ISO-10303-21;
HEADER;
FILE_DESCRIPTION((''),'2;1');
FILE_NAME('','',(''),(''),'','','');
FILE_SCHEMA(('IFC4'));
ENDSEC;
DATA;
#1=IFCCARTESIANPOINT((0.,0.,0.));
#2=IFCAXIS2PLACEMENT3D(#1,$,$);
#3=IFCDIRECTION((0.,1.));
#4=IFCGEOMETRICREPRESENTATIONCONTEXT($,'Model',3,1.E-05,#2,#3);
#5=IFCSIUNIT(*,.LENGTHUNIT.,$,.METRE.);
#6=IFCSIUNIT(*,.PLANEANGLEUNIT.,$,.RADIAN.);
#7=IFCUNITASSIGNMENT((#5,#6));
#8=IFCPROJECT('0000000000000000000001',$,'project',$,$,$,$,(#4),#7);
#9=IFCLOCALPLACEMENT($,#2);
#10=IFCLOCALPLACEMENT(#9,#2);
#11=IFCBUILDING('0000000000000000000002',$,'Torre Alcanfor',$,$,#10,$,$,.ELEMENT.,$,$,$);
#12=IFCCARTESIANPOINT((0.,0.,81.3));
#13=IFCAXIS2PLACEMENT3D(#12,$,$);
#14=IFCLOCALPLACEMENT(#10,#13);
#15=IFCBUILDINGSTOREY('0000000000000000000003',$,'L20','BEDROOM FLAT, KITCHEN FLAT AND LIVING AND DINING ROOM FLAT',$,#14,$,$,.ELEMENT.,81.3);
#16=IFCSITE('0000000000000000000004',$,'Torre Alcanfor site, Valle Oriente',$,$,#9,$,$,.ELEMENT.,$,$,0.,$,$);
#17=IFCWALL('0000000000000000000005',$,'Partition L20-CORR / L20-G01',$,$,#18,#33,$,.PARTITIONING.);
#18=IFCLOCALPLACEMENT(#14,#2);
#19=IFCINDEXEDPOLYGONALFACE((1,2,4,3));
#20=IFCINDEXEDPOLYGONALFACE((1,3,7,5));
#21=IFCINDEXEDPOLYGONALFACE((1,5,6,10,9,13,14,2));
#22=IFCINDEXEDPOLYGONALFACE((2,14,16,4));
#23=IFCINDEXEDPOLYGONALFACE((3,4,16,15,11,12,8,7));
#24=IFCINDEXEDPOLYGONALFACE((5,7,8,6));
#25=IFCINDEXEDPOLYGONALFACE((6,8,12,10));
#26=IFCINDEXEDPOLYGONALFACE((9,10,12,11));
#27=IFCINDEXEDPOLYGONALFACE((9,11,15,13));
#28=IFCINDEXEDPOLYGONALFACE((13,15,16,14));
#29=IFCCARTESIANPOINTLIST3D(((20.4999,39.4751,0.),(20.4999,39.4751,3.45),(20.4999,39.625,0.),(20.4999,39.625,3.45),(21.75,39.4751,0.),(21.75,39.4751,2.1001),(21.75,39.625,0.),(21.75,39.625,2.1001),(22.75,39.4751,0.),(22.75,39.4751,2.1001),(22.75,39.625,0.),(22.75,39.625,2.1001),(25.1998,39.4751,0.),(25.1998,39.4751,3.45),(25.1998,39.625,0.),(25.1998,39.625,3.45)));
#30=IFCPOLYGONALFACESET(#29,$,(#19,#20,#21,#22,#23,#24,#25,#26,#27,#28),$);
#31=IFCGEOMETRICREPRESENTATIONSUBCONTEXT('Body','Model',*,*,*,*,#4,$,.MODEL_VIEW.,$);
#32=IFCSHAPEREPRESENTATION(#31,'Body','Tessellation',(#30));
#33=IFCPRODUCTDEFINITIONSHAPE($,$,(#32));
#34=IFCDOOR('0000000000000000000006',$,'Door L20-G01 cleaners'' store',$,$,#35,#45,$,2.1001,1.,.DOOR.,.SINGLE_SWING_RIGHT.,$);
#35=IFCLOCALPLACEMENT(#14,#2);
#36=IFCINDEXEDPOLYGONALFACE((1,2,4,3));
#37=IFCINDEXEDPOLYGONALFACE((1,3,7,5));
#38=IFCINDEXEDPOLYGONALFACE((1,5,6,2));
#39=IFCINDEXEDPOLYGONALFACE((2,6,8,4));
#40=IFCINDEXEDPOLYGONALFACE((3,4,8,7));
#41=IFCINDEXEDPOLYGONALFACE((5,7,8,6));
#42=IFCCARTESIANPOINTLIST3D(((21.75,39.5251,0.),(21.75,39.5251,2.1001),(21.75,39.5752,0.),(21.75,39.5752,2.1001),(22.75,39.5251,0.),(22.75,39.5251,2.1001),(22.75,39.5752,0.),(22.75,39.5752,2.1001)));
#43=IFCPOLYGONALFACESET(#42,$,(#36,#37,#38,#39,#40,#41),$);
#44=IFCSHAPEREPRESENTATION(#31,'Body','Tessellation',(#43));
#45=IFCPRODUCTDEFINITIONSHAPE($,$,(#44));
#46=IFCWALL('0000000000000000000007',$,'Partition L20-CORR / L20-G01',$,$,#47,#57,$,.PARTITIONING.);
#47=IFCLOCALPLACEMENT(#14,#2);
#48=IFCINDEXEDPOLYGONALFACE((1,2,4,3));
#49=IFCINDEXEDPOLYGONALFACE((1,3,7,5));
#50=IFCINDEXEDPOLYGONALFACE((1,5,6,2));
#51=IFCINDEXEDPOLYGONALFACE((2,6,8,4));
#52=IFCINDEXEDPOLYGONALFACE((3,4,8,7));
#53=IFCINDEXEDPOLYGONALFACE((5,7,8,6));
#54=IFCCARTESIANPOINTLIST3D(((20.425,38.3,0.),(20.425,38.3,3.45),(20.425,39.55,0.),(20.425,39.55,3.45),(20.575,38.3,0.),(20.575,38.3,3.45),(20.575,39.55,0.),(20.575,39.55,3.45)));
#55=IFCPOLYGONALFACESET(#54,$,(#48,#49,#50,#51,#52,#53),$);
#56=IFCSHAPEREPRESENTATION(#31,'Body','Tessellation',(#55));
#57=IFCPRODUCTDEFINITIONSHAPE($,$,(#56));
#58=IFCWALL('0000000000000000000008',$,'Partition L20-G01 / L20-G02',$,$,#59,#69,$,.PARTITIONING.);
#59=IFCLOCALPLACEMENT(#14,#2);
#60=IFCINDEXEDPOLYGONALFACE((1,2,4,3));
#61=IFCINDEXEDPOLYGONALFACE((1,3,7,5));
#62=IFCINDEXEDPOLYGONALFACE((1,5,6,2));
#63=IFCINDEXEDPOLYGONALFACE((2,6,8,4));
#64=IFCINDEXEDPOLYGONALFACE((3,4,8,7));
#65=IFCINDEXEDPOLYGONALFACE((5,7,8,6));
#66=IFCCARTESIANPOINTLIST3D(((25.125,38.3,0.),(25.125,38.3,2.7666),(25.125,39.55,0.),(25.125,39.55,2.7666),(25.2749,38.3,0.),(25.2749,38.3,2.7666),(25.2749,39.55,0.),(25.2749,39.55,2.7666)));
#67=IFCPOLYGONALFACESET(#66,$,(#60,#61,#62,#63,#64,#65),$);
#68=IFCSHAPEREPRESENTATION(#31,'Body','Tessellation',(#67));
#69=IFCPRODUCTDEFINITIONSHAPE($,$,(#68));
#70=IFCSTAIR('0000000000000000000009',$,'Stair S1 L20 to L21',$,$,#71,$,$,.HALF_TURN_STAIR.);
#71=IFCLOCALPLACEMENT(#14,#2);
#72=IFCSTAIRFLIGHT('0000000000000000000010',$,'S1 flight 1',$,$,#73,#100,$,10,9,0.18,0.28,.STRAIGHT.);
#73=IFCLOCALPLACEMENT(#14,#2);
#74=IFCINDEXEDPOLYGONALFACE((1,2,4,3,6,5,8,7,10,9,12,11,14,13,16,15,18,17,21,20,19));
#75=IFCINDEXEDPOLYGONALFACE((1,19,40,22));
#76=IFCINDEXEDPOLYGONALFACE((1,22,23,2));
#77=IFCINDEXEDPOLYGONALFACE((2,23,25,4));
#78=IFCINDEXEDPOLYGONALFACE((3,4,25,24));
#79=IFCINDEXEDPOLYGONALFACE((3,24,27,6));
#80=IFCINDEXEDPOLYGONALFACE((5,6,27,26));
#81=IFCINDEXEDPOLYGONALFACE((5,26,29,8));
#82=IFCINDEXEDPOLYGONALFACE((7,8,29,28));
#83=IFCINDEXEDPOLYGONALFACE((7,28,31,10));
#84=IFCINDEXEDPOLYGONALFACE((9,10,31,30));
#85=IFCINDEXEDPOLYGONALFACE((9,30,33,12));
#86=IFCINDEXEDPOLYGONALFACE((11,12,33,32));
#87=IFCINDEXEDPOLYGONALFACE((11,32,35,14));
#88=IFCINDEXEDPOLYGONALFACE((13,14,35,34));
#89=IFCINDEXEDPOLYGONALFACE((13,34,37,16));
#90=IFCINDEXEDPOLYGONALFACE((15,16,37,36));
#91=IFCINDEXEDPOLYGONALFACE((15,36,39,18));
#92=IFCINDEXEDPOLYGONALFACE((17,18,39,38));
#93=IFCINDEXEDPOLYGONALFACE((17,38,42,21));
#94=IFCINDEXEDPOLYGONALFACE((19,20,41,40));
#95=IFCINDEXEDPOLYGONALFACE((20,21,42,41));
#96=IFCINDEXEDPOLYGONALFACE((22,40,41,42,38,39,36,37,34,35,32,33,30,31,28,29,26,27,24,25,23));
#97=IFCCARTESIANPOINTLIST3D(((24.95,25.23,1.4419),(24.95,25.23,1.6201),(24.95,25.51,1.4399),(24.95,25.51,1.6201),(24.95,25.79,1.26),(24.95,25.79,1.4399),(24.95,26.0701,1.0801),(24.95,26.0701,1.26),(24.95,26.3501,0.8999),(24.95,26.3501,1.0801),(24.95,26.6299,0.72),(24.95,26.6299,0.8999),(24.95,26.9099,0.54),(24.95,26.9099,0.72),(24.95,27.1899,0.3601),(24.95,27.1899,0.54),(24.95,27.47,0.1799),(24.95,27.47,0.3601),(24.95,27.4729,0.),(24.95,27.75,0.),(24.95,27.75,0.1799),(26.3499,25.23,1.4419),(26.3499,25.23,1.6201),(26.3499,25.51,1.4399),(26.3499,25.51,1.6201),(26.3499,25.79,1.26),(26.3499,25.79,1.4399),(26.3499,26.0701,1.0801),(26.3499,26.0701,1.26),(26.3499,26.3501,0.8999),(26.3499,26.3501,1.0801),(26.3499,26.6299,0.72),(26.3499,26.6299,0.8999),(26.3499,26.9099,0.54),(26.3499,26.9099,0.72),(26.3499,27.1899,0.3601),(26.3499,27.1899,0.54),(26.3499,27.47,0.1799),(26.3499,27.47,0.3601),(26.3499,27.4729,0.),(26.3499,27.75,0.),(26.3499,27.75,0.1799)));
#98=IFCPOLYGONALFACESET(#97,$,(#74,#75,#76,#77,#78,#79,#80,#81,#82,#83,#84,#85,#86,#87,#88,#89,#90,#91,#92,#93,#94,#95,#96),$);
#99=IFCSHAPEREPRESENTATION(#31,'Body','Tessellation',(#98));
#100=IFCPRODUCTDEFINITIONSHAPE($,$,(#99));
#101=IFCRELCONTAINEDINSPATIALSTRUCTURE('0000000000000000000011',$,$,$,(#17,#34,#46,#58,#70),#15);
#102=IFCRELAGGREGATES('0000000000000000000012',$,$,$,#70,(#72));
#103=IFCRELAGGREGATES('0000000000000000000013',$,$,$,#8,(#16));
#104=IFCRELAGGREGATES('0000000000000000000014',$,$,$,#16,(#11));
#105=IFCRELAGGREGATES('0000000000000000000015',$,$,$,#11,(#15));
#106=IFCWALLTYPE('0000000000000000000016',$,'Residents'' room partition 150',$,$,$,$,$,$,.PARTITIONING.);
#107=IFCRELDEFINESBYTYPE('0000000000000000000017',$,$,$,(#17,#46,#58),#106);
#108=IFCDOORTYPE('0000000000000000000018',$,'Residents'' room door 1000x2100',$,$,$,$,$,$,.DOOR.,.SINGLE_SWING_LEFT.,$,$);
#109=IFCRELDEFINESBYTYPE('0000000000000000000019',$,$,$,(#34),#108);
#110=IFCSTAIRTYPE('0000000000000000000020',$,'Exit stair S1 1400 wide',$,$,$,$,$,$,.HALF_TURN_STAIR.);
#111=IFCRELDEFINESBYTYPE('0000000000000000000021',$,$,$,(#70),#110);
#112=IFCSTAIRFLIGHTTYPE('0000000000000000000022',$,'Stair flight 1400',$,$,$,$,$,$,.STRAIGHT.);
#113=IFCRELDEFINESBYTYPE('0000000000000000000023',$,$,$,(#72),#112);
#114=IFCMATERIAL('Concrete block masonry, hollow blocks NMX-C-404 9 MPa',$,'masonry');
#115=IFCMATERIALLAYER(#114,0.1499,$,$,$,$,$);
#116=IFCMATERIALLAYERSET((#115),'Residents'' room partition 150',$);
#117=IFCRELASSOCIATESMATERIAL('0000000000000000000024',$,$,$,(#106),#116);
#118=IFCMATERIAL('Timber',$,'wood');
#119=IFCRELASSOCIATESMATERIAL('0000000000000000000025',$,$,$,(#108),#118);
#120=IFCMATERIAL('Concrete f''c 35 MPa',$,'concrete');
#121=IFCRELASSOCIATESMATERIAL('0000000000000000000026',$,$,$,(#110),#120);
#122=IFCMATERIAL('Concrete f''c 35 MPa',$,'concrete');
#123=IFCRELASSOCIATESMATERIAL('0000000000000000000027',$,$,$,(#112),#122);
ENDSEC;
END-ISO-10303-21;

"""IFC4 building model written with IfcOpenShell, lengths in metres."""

from ifc_helpers import new_model, si_unit, direction, frame, frame_2d, origin, place, context, subcontext, project, spatial, polyline, rectangle, outline, extrude, material, layer, layer_set, type_object, element, fill, aggregate, save


model = new_model("IFC4")

# Units and contexts
model_context = context("Model", 3, precision=1e-05, world=origin(), true_north=direction((0.0, 1.0)))
body_context = subcontext(model_context, "Body", "Model", "MODEL_VIEW")
ifc_project = project(units=[si_unit("LENGTHUNIT", "METRE"), si_unit("PLANEANGLEUNIT", "RADIAN")], contexts=[model_context])

# Site, building, storey
site_placement = place(None, origin())
site = spatial("IfcSite", under=ifc_project, at=site_placement, Name="Torre Alcanfor site, Valle Oriente", CompositionType="ELEMENT", RefElevation=0.0)
building_placement = place(site_placement, origin())
building = spatial("IfcBuilding", under=site, at=building_placement, Name="Torre Alcanfor", CompositionType="ELEMENT")
storey_placement = place(building_placement, frame((0.0, 0.0, 81.3)))
storey = spatial("IfcBuildingStorey", under=building, at=storey_placement, Name="L20", Description="BEDROOM FLAT, KITCHEN FLAT AND LIVING AND DINING ROOM FLAT", CompositionType="ELEMENT", Elevation=81.3)

# Wall, opening, door
ifc_material_1 = material(Name="Concrete block masonry, hollow blocks NMX-C-404 9 MPa", Category="masonry")
ifc_layer_1 = layer(ifc_material_1, 0.1499)
ifc_layer_set_1 = layer_set([ifc_layer_1], Name="Residents' room partition 150")
wall_type_1 = type_object("IfcWallType", Name="Residents' room partition 150", PredefinedType="PARTITIONING", material=ifc_layer_set_1)
wall_1_placement = place(storey_placement, frame((25.2, 39.55, 0.0), z_axis=(0.0, 0.0, 1.0), x_axis=(-1.0, 0.0, 0.0)))
wall_1 = element("IfcWall", 1, at=wall_1_placement, inside=storey, type_object=wall_type_1, Name="Partition L20-CORR / L20-G01", PredefinedType="PARTITIONING", context=body_context, shape_type="SweptSolid", body=[
    extrude(rectangle(XDim=4.7, YDim=0.1499, at=frame_2d((2.3501, 0.0))), origin(), (0.0, 0.0, 1.0), 3.45),
])
opening_1_placement = place(wall_1_placement, frame((2.45, 0.0, 0.0)))
opening_1 = element("IfcOpeningElement", 2, at=opening_1_placement, cuts=wall_1, PredefinedType="OPENING", context=body_context, shape_type="SweptSolid", body=[
    extrude(rectangle(XDim=1.0, YDim=2.1001, at=frame_2d((0.5, 1.05))), frame((0.0, 0.085, 0.0), z_axis=(0.0, -1.0, 0.0), x_axis=(1.0, 0.0, 0.0)), (0.0, 0.0, 1.0), 0.1699),
])
ifc_material_2 = material(Name="Timber", Category="wood")
door_type_1 = type_object("IfcDoorType", Name="Residents' room door 1000x2100", OperationType="SINGLE_SWING_LEFT", PredefinedType="DOOR", material=ifc_material_2)
door_1_placement = place(opening_1_placement, origin())
door_1 = element("IfcDoor", 3, at=door_1_placement, inside=storey, type_object=door_type_1, Name="Door L20-G01 cleaners' store", OperationType="SINGLE_SWING_RIGHT", OverallHeight=2.1001, OverallWidth=1.0, PredefinedType="DOOR", context=body_context, shape_type="SweptSolid", body=[
    extrude(rectangle(XDim=1.0, YDim=2.1001, at=frame_2d((0.5, 1.05))), frame((0.0, 0.0249, 0.0), z_axis=(0.0, -1.0, 0.0), x_axis=(1.0, 0.0, 0.0)), (0.0, 0.0, 1.0), 0.05),
])
fill(opening_1, door_1)

# Walls
wall_2_placement = place(storey_placement, frame((20.5, 39.55, 0.0), z_axis=(0.0, 0.0, 1.0), x_axis=(0.0, -1.0, 0.0)))
element("IfcWall", 4, at=wall_2_placement, inside=storey, type_object=wall_type_1, Name="Partition L20-CORR / L20-G01", PredefinedType="PARTITIONING", context=body_context, shape_type="SweptSolid", body=[
    extrude(rectangle(XDim=1.25, YDim=0.1499, at=frame_2d((0.625, 0.0))), origin(), (0.0, 0.0, 1.0), 3.45),
])
wall_3_placement = place(storey_placement, frame((25.2, 38.3, 0.0), z_axis=(0.0, 0.0, 1.0), x_axis=(0.0, 1.0, 0.0)))
element("IfcWall", 5, at=wall_3_placement, inside=storey, type_object=wall_type_1, Name="Partition L20-G01 / L20-G02", PredefinedType="PARTITIONING", context=body_context, shape_type="SweptSolid", body=[
    extrude(rectangle(XDim=1.25, YDim=0.1499, at=frame_2d((0.625, 0.0))), origin(), (0.0, 0.0, 1.0), 2.7666),
])

# Stair, stair flight
ifc_material_3 = material(Name="Concrete f'c 35 MPa", Category="concrete")
stair_type = type_object("IfcStairType", Name="Exit stair S1 1400 wide", PredefinedType="HALF_TURN_STAIR", material=ifc_material_3)
stair_placement = place(storey_placement, origin())
stair = element("IfcStair", 6, at=stair_placement, inside=storey, type_object=stair_type, Name="Stair S1 L20 to L21", PredefinedType="HALF_TURN_STAIR")
ifc_material_4 = material(Name="Concrete f'c 35 MPa", Category="concrete")
stair_flight_type = type_object("IfcStairFlightType", Name="Stair flight 1400", PredefinedType="STRAIGHT", material=ifc_material_4)
stair_flight_placement = place(storey_placement, frame((25.6499, 27.75, 0.0), z_axis=(0.0, 0.0, 1.0), x_axis=(0.0, -1.0, 0.0)))
stair_flight = element("IfcStairFlight", 7, at=stair_flight_placement, type_object=stair_flight_type, Name="S1 flight 1", NumberOfRisers=10, NumberOfTreads=9, PredefinedType="STRAIGHT", RiserHeight=0.18, TreadLength=0.28, context=body_context, shape_type="SweptSolid", body=[
    extrude(outline(polyline([(0.0, 0.0), (0.0, 0.1799), (0.28, 0.1799), (0.28, 0.3601), (0.5601, 0.3601), (0.5601, 0.54), (0.8401, 0.54), (0.8401, 0.72), (1.1201, 0.72), (1.1201, 0.8999), (1.3999, 0.8999), (1.3999, 1.0801), (1.6799, 1.0801), (1.6799, 1.26), (1.96, 1.26), (1.96, 1.4399), (2.24, 1.4399), (2.24, 1.6201), (2.52, 1.6201), (2.52, 1.8), (2.52, 1.4419), (0.2771, 0.0), (0.0, 0.0)])), frame((0.0, 0.7, 0.0), z_axis=(0.0, -1.0, 0.0), x_axis=(1.0, 0.0, 0.0)), (0.0, 0.0, 1.0), 1.3999),
])
aggregate(stair, [stair_flight])

save(model, "model.ifc")
